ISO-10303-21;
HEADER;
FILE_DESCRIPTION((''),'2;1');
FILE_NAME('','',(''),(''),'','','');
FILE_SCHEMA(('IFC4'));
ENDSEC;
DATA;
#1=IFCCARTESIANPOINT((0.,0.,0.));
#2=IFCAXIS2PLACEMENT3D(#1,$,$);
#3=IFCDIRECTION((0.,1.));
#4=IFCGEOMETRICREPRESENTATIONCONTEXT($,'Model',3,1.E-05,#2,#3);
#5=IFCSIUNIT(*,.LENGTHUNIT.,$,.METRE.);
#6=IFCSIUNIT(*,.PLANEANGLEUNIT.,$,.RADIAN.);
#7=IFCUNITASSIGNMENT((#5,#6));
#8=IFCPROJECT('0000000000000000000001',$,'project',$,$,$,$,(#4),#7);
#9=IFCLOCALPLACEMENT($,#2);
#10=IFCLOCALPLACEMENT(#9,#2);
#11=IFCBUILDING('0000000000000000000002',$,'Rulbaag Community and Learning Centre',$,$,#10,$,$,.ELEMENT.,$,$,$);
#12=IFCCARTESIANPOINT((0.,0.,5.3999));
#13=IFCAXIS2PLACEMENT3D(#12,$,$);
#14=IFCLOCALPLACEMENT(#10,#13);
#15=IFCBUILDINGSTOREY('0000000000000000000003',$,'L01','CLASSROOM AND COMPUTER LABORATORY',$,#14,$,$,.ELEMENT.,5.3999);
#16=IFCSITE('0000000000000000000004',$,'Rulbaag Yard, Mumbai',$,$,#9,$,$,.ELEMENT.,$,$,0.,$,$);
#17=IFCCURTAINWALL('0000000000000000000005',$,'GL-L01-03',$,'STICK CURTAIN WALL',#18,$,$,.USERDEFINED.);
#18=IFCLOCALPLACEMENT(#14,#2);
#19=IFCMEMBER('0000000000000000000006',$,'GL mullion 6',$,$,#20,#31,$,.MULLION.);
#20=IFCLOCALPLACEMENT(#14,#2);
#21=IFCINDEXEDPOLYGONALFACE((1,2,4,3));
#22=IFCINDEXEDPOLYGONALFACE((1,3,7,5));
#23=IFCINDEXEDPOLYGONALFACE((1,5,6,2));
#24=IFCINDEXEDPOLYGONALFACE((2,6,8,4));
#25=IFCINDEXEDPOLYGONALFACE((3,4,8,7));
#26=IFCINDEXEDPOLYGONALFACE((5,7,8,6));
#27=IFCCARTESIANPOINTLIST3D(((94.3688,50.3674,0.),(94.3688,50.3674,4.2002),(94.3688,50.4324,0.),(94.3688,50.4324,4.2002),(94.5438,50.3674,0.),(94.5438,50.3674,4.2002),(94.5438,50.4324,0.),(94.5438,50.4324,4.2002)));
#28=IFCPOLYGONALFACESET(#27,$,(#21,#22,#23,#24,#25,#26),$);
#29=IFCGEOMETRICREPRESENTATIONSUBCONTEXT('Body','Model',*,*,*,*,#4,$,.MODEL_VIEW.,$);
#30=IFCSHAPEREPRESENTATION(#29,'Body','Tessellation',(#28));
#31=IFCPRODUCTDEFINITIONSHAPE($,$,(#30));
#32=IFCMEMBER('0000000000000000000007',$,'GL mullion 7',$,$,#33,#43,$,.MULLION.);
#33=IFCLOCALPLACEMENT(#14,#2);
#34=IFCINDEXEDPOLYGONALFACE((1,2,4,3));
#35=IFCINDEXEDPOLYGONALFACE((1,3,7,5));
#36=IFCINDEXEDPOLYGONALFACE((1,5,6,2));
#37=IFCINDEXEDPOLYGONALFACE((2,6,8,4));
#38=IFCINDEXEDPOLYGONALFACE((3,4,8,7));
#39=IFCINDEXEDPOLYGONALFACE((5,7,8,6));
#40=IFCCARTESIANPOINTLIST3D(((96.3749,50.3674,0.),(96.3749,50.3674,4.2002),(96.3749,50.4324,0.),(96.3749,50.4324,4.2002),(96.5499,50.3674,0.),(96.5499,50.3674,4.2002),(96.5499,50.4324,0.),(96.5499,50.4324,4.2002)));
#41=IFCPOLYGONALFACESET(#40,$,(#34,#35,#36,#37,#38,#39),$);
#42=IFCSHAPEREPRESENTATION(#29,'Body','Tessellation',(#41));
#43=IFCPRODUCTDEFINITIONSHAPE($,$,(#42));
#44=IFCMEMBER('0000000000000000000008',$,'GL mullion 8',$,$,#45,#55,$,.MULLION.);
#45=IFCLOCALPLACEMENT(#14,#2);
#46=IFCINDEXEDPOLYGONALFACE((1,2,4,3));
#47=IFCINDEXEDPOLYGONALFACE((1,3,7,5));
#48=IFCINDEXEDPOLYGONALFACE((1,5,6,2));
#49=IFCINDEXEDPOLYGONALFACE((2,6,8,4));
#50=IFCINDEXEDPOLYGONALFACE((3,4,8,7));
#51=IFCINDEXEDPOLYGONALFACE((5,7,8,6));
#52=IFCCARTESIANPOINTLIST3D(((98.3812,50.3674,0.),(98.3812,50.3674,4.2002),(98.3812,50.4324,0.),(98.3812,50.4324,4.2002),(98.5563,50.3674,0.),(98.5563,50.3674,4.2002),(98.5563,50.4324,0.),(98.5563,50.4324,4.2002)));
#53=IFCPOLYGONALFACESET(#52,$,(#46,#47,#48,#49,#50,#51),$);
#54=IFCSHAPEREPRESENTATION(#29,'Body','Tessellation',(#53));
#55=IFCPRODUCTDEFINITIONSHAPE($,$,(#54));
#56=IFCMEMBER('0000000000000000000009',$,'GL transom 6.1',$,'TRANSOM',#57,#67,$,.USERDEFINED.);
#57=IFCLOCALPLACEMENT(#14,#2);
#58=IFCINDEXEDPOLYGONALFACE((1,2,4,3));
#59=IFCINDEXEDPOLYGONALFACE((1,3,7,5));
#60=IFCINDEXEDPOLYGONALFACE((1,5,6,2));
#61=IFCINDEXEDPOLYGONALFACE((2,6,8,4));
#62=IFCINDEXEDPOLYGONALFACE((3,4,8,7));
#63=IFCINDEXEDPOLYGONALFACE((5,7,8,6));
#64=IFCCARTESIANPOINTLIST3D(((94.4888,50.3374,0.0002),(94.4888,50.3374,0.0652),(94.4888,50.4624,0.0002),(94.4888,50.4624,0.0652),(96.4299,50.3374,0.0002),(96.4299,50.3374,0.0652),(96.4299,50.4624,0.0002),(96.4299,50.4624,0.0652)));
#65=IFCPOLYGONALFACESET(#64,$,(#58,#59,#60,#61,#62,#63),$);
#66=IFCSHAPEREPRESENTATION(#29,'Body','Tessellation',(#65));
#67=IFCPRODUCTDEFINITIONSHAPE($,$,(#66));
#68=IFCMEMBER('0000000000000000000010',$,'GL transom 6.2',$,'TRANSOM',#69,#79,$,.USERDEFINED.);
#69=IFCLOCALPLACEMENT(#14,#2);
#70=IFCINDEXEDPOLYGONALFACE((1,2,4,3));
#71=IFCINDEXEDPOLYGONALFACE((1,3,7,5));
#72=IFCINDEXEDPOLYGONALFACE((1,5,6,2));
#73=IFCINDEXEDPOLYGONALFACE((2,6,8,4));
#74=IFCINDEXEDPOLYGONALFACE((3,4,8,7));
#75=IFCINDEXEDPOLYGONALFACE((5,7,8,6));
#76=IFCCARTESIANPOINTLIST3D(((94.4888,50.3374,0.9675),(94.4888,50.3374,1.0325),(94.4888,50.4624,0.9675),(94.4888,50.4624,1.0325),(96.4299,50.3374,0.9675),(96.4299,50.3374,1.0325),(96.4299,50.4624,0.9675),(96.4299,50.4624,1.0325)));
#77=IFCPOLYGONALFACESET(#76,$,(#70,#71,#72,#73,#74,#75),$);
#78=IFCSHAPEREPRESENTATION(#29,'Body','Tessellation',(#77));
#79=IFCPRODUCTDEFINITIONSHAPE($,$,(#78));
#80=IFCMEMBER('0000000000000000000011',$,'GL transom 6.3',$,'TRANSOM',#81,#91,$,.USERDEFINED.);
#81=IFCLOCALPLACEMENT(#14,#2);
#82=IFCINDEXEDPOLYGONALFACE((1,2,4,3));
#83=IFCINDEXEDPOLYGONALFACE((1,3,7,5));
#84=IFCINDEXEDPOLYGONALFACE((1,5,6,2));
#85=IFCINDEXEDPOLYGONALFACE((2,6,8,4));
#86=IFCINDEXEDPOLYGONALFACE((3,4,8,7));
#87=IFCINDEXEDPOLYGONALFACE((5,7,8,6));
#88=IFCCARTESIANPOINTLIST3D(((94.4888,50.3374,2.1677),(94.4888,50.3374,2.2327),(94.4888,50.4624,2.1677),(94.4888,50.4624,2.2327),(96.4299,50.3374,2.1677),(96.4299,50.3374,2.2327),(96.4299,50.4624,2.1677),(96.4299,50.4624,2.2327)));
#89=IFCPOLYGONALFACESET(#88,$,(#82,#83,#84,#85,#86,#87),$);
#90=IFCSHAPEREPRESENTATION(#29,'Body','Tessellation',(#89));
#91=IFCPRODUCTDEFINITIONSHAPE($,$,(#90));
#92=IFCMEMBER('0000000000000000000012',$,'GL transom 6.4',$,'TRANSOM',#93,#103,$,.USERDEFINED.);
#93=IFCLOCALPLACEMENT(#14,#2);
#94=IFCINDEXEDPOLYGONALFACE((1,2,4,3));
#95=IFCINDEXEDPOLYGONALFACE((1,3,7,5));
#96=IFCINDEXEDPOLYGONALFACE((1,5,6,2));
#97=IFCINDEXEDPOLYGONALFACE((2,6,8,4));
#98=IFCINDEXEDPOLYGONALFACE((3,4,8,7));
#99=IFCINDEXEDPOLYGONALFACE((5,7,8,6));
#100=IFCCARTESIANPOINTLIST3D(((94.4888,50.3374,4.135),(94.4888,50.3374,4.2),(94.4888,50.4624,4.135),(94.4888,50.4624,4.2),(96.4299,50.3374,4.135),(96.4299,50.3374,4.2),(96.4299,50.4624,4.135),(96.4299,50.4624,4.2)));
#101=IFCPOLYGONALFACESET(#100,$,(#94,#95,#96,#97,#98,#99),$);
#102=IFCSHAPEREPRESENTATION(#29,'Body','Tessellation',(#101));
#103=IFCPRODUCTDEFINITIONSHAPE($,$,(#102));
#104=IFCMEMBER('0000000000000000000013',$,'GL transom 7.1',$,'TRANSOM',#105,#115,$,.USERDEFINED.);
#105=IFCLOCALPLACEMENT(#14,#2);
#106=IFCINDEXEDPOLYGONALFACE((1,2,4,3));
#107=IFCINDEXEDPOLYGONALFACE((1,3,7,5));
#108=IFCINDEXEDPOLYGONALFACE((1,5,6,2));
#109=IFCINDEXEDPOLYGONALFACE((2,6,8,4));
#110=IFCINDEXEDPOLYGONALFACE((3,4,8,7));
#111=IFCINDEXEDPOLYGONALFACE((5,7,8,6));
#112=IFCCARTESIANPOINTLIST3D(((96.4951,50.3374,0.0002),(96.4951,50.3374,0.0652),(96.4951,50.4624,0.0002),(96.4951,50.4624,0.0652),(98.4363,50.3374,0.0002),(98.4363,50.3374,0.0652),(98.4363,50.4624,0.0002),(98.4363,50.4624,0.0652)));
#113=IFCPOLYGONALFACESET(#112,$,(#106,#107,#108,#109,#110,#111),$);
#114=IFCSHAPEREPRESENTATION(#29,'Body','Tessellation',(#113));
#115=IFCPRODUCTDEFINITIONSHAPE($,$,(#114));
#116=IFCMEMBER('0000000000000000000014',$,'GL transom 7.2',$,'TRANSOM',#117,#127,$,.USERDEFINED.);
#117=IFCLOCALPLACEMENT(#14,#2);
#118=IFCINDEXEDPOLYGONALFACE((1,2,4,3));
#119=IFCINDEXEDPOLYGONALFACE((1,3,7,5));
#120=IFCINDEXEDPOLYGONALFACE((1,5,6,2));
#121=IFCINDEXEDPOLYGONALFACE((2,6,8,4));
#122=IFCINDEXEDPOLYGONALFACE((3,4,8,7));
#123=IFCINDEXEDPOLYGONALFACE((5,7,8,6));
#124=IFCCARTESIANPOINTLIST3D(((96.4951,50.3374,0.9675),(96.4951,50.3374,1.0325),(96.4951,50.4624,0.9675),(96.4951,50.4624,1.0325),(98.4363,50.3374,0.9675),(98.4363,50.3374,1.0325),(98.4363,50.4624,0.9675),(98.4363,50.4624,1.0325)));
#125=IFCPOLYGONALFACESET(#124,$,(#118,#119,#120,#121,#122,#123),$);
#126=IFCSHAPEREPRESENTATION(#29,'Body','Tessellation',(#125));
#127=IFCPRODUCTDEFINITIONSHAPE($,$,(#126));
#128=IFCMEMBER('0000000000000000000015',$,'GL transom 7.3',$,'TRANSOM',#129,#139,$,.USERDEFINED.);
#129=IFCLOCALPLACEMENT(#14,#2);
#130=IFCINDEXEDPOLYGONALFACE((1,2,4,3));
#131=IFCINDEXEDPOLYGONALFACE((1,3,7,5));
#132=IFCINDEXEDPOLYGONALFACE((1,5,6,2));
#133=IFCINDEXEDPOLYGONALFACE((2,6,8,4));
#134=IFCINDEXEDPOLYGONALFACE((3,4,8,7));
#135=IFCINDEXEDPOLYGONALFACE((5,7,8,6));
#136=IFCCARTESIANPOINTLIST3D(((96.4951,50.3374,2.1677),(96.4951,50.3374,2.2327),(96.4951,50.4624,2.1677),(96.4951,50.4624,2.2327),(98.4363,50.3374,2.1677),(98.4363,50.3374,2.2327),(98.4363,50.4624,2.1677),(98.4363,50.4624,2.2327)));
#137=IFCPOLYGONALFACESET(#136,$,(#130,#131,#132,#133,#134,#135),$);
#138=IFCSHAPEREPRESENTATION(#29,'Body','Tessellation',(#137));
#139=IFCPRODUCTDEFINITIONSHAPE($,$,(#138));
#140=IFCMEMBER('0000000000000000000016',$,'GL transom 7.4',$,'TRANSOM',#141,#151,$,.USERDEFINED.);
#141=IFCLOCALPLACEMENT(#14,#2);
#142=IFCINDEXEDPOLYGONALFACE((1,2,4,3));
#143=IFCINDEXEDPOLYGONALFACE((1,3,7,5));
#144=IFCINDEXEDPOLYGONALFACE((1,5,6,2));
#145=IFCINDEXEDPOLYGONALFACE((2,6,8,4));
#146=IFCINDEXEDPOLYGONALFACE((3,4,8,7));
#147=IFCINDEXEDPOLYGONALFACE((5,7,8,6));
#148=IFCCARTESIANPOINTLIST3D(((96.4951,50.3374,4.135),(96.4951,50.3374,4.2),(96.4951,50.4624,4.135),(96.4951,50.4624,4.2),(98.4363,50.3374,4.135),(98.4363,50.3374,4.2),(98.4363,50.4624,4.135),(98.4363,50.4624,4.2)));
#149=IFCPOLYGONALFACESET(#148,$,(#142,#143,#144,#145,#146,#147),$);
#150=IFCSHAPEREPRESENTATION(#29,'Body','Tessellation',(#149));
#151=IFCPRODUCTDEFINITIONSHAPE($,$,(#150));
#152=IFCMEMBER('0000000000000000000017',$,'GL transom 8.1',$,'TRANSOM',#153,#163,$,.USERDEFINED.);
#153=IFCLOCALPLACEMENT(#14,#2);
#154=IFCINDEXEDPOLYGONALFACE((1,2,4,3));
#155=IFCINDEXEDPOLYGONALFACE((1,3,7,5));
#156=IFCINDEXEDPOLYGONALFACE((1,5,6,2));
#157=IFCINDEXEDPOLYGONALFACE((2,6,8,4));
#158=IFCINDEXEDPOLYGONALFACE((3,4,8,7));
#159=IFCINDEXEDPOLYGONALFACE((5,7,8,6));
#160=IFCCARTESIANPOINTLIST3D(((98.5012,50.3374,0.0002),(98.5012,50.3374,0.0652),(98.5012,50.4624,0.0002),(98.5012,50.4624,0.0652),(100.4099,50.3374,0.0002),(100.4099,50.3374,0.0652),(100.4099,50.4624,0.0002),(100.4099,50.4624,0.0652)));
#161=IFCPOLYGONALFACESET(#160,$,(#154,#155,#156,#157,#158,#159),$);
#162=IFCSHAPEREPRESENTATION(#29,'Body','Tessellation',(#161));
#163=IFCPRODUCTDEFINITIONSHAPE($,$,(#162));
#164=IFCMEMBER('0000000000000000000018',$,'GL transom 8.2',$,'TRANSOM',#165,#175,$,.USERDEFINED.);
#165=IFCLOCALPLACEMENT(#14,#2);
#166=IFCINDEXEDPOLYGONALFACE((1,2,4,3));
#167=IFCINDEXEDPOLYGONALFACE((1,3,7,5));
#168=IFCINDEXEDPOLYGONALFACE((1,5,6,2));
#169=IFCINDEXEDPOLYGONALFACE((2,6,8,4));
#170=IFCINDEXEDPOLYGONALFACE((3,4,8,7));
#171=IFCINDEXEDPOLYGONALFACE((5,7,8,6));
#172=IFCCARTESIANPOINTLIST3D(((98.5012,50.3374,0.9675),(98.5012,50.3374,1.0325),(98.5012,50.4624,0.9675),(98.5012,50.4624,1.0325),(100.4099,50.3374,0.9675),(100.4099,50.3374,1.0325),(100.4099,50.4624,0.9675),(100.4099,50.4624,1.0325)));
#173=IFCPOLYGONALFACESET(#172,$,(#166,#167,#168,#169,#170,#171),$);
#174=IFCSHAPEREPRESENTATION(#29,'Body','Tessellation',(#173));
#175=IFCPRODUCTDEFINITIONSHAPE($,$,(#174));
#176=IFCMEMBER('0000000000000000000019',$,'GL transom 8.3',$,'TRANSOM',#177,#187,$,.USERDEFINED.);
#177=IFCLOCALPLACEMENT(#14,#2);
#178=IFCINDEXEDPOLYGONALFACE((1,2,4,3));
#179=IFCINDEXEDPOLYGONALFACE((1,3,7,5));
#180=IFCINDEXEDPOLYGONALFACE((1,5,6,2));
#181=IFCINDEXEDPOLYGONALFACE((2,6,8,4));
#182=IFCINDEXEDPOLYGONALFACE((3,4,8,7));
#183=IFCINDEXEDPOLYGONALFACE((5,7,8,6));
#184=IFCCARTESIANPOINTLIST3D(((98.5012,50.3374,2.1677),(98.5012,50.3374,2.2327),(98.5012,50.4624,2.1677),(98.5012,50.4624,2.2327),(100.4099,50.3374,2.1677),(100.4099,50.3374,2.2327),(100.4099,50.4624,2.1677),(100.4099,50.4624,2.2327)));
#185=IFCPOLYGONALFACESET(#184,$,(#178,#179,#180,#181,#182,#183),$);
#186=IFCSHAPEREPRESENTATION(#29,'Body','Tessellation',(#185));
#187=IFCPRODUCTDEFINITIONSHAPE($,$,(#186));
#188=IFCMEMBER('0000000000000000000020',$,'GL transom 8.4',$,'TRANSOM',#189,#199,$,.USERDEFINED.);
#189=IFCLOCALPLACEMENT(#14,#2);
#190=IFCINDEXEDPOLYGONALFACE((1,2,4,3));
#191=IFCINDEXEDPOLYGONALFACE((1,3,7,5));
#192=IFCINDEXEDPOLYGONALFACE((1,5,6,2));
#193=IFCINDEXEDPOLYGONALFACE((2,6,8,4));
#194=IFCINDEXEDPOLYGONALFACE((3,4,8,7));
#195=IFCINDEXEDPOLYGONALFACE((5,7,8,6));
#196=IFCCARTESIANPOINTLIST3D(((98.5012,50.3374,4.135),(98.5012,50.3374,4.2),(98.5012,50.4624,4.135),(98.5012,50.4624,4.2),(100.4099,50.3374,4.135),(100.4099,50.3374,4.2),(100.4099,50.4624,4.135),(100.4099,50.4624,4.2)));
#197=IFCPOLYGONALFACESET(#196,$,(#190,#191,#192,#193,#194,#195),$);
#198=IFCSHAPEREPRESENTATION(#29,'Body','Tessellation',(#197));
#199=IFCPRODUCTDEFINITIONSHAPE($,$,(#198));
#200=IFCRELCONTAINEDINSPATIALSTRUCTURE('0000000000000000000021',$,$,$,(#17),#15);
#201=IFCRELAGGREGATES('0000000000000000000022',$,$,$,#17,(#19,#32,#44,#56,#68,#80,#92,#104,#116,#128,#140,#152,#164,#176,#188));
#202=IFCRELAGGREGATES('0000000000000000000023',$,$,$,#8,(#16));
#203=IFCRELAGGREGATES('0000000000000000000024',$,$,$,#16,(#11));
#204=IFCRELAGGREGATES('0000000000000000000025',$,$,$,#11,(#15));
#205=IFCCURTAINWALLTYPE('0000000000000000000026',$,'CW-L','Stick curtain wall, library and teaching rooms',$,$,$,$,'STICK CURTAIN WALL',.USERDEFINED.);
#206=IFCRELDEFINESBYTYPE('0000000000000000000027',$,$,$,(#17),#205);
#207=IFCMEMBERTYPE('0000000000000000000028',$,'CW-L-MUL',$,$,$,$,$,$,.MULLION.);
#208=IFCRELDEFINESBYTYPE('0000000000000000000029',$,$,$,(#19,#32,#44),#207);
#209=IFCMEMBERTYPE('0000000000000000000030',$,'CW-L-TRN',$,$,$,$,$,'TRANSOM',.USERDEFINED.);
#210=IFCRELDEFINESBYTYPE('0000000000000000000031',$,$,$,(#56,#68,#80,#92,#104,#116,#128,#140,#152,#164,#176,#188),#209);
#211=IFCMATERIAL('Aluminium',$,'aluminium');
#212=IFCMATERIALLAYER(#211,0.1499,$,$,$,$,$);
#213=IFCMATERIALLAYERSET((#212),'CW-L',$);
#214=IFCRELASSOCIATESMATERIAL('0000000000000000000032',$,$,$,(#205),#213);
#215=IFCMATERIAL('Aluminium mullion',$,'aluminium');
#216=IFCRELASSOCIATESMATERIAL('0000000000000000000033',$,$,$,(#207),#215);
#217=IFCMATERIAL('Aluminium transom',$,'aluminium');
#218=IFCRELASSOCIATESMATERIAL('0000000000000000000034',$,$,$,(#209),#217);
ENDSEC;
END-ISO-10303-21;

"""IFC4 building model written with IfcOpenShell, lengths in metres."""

from ifc_helpers import new_model, si_unit, direction, frame, origin, origin_2d, place, context, subcontext, project, spatial, rectangle, extrude, material, layer, layer_set, material_profile, profile_set, type_object, element, aggregate, save


model = new_model("IFC4")

# Units and contexts
model_context = context("Model", 3, precision=1e-05, world=origin(), true_north=direction((0.0, 1.0)))
body_context = subcontext(model_context, "Body", "Model", "MODEL_VIEW")
ifc_project = project(units=[si_unit("LENGTHUNIT", "METRE"), si_unit("PLANEANGLEUNIT", "RADIAN")], contexts=[model_context])

# Site, building, storey
site_placement = place(None, origin())
site = spatial("IfcSite", under=ifc_project, at=site_placement, Name="Rulbaag Yard, Mumbai", CompositionType="ELEMENT", RefElevation=0.0)
building_placement = place(site_placement, origin())
building = spatial("IfcBuilding", under=site, at=building_placement, Name="Rulbaag Community and Learning Centre", CompositionType="ELEMENT")
storey_placement = place(building_placement, frame((0.0, 0.0, 5.3999)))
storey = spatial("IfcBuildingStorey", under=building, at=storey_placement, Name="L01", Description="CLASSROOM AND COMPUTER LABORATORY", CompositionType="ELEMENT", Elevation=5.3999)

# Curtain wall, members
ifc_material_1 = material(Name="Aluminium", Category="aluminium")
ifc_layer_1 = layer(ifc_material_1, 0.1499)
ifc_layer_set_1 = layer_set([ifc_layer_1], Name="CW-L")
curtain_wall_type = type_object("IfcCurtainWallType", Name="CW-L", Description="Stick curtain wall, library and teaching rooms", ElementType="STICK CURTAIN WALL", PredefinedType="USERDEFINED", material=ifc_layer_set_1)
curtain_wall_placement = place(storey_placement, origin())
curtain_wall = element("IfcCurtainWall", 1, at=curtain_wall_placement, inside=storey, type_object=curtain_wall_type, Name="GL-L01-03", ObjectType="STICK CURTAIN WALL", PredefinedType="USERDEFINED")
ifc_material_2 = material(Name="Aluminium mullion", Category="aluminium")
ifc_material_profile_1 = material_profile(ifc_material_2, rectangle(XDim=0.0649, YDim=0.175, at=origin_2d()), Name="AL 65x175")
ifc_profile_set_1 = profile_set([ifc_material_profile_1], Name="Aluminium mullion")
member_type_1 = type_object("IfcMemberType", Name="CW-L-MUL", PredefinedType="MULLION", material=ifc_profile_set_1)
member_1_placement = place(storey_placement, frame((94.4563, 50.3999, 0.0), z_axis=(0.0, 0.0, 1.0), x_axis=(0.0, 1.0, 0.0)))
member_1 = element("IfcMember", 2, at=member_1_placement, type_object=member_type_1, Name="GL mullion 6", PredefinedType="MULLION", context=body_context, shape_type="SweptSolid", body=[
    extrude(rectangle(XDim=0.0649, YDim=0.175, at=origin_2d()), origin(), (0.0, 0.0, 1.0), 4.2002),
])
member_2_placement = place(storey_placement, frame((96.4624, 50.3999, 0.0), z_axis=(0.0, 0.0, 1.0), x_axis=(0.0, 1.0, 0.0)))
member_2 = element("IfcMember", 3, at=member_2_placement, type_object=member_type_1, Name="GL mullion 7", PredefinedType="MULLION", context=body_context, shape_type="SweptSolid", body=[
    extrude(rectangle(XDim=0.0649, YDim=0.175, at=origin_2d()), origin(), (0.0, 0.0, 1.0), 4.2002),
])
member_3_placement = place(storey_placement, frame((98.4688, 50.3999, 0.0), z_axis=(0.0, 0.0, 1.0), x_axis=(0.0, 1.0, 0.0)))
member_3 = element("IfcMember", 4, at=member_3_placement, type_object=member_type_1, Name="GL mullion 8", PredefinedType="MULLION", context=body_context, shape_type="SweptSolid", body=[
    extrude(rectangle(XDim=0.0649, YDim=0.175, at=origin_2d()), origin(), (0.0, 0.0, 1.0), 4.2002),
])
ifc_material_3 = material(Name="Aluminium transom", Category="aluminium")
ifc_material_profile_2 = material_profile(ifc_material_3, rectangle(XDim=0.125, YDim=0.0649, at=origin_2d()), Name="AL 65x125 T")
ifc_profile_set_2 = profile_set([ifc_material_profile_2], Name="Aluminium transom")
member_type_2 = type_object("IfcMemberType", Name="CW-L-TRN", ElementType="TRANSOM", PredefinedType="USERDEFINED", material=ifc_profile_set_2)
member_4_placement = place(storey_placement, frame((94.4888, 50.3999, 0.0327), z_axis=(1.0, 0.0, 0.0), x_axis=(0.0, 1.0, 0.0)))
member_4 = element("IfcMember", 5, at=member_4_placement, type_object=member_type_2, Name="GL transom 6.1", ObjectType="TRANSOM", PredefinedType="USERDEFINED", context=body_context, shape_type="SweptSolid", body=[
    extrude(rectangle(XDim=0.125, YDim=0.0649, at=origin_2d()), origin(), (0.0, 0.0, 1.0), 1.9412),
])
member_5_placement = place(storey_placement, frame((94.4888, 50.3999, 1.0), z_axis=(1.0, 0.0, 0.0), x_axis=(0.0, 1.0, 0.0)))
member_5 = element("IfcMember", 6, at=member_5_placement, type_object=member_type_2, Name="GL transom 6.2", ObjectType="TRANSOM", PredefinedType="USERDEFINED", context=body_context, shape_type="SweptSolid", body=[
    extrude(rectangle(XDim=0.125, YDim=0.0649, at=origin_2d()), origin(), (0.0, 0.0, 1.0), 1.9412),
])
member_6_placement = place(storey_placement, frame((94.4888, 50.3999, 2.2002), z_axis=(1.0, 0.0, 0.0), x_axis=(0.0, 1.0, 0.0)))
member_6 = element("IfcMember", 7, at=member_6_placement, type_object=member_type_2, Name="GL transom 6.3", ObjectType="TRANSOM", PredefinedType="USERDEFINED", context=body_context, shape_type="SweptSolid", body=[
    extrude(rectangle(XDim=0.125, YDim=0.0649, at=origin_2d()), origin(), (0.0, 0.0, 1.0), 1.9412),
])
member_7_placement = place(storey_placement, frame((94.4888, 50.3999, 4.1675), z_axis=(1.0, 0.0, 0.0), x_axis=(0.0, 1.0, 0.0)))
member_7 = element("IfcMember", 8, at=member_7_placement, type_object=member_type_2, Name="GL transom 6.4", ObjectType="TRANSOM", PredefinedType="USERDEFINED", context=body_context, shape_type="SweptSolid", body=[
    extrude(rectangle(XDim=0.125, YDim=0.0649, at=origin_2d()), origin(), (0.0, 0.0, 1.0), 1.9412),
])
member_8_placement = place(storey_placement, frame((96.4951, 50.3999, 0.0327), z_axis=(1.0, 0.0, 0.0), x_axis=(0.0, 1.0, 0.0)))
member_8 = element("IfcMember", 9, at=member_8_placement, type_object=member_type_2, Name="GL transom 7.1", ObjectType="TRANSOM", PredefinedType="USERDEFINED", context=body_context, shape_type="SweptSolid", body=[
    extrude(rectangle(XDim=0.125, YDim=0.0649, at=origin_2d()), origin(), (0.0, 0.0, 1.0), 1.9412),
])
member_9_placement = place(storey_placement, frame((96.4951, 50.3999, 1.0), z_axis=(1.0, 0.0, 0.0), x_axis=(0.0, 1.0, 0.0)))
member_9 = element("IfcMember", 10, at=member_9_placement, type_object=member_type_2, Name="GL transom 7.2", ObjectType="TRANSOM", PredefinedType="USERDEFINED", context=body_context, shape_type="SweptSolid", body=[
    extrude(rectangle(XDim=0.125, YDim=0.0649, at=origin_2d()), origin(), (0.0, 0.0, 1.0), 1.9412),
])
member_10_placement = place(storey_placement, frame((96.4951, 50.3999, 2.2002), z_axis=(1.0, 0.0, 0.0), x_axis=(0.0, 1.0, 0.0)))
member_10 = element("IfcMember", 11, at=member_10_placement, type_object=member_type_2, Name="GL transom 7.3", ObjectType="TRANSOM", PredefinedType="USERDEFINED", context=body_context, shape_type="SweptSolid", body=[
    extrude(rectangle(XDim=0.125, YDim=0.0649, at=origin_2d()), origin(), (0.0, 0.0, 1.0), 1.9412),
])
member_11_placement = place(storey_placement, frame((96.4951, 50.3999, 4.1675), z_axis=(1.0, 0.0, 0.0), x_axis=(0.0, 1.0, 0.0)))
member_11 = element("IfcMember", 12, at=member_11_placement, type_object=member_type_2, Name="GL transom 7.4", ObjectType="TRANSOM", PredefinedType="USERDEFINED", context=body_context, shape_type="SweptSolid", body=[
    extrude(rectangle(XDim=0.125, YDim=0.0649, at=origin_2d()), origin(), (0.0, 0.0, 1.0), 1.9412),
])
member_12_placement = place(storey_placement, frame((98.5012, 50.3999, 0.0327), z_axis=(1.0, 0.0, 0.0), x_axis=(0.0, 1.0, 0.0)))
member_12 = element("IfcMember", 13, at=member_12_placement, type_object=member_type_2, Name="GL transom 8.1", ObjectType="TRANSOM", PredefinedType="USERDEFINED", context=body_context, shape_type="SweptSolid", body=[
    extrude(rectangle(XDim=0.125, YDim=0.0649, at=origin_2d()), origin(), (0.0, 0.0, 1.0), 1.9087),
])
member_13_placement = place(storey_placement, frame((98.5012, 50.3999, 1.0), z_axis=(1.0, 0.0, 0.0), x_axis=(0.0, 1.0, 0.0)))
member_13 = element("IfcMember", 14, at=member_13_placement, type_object=member_type_2, Name="GL transom 8.2", ObjectType="TRANSOM", PredefinedType="USERDEFINED", context=body_context, shape_type="SweptSolid", body=[
    extrude(rectangle(XDim=0.125, YDim=0.0649, at=origin_2d()), origin(), (0.0, 0.0, 1.0), 1.9087),
])
member_14_placement = place(storey_placement, frame((98.5012, 50.3999, 2.2002), z_axis=(1.0, 0.0, 0.0), x_axis=(0.0, 1.0, 0.0)))
member_14 = element("IfcMember", 15, at=member_14_placement, type_object=member_type_2, Name="GL transom 8.3", ObjectType="TRANSOM", PredefinedType="USERDEFINED", context=body_context, shape_type="SweptSolid", body=[
    extrude(rectangle(XDim=0.125, YDim=0.0649, at=origin_2d()), origin(), (0.0, 0.0, 1.0), 1.9087),
])
member_15_placement = place(storey_placement, frame((98.5012, 50.3999, 4.1675), z_axis=(1.0, 0.0, 0.0), x_axis=(0.0, 1.0, 0.0)))
member_15 = element("IfcMember", 16, at=member_15_placement, type_object=member_type_2, Name="GL transom 8.4", ObjectType="TRANSOM", PredefinedType="USERDEFINED", context=body_context, shape_type="SweptSolid", body=[
    extrude(rectangle(XDim=0.125, YDim=0.0649, at=origin_2d()), origin(), (0.0, 0.0, 1.0), 1.9087),
])
aggregate(curtain_wall, [member_1, member_2, member_3, member_4, member_5, member_6, member_7, member_8, member_9, member_10, member_11, member_12, member_13, member_14, member_15])

save(model, "model.ifc")
